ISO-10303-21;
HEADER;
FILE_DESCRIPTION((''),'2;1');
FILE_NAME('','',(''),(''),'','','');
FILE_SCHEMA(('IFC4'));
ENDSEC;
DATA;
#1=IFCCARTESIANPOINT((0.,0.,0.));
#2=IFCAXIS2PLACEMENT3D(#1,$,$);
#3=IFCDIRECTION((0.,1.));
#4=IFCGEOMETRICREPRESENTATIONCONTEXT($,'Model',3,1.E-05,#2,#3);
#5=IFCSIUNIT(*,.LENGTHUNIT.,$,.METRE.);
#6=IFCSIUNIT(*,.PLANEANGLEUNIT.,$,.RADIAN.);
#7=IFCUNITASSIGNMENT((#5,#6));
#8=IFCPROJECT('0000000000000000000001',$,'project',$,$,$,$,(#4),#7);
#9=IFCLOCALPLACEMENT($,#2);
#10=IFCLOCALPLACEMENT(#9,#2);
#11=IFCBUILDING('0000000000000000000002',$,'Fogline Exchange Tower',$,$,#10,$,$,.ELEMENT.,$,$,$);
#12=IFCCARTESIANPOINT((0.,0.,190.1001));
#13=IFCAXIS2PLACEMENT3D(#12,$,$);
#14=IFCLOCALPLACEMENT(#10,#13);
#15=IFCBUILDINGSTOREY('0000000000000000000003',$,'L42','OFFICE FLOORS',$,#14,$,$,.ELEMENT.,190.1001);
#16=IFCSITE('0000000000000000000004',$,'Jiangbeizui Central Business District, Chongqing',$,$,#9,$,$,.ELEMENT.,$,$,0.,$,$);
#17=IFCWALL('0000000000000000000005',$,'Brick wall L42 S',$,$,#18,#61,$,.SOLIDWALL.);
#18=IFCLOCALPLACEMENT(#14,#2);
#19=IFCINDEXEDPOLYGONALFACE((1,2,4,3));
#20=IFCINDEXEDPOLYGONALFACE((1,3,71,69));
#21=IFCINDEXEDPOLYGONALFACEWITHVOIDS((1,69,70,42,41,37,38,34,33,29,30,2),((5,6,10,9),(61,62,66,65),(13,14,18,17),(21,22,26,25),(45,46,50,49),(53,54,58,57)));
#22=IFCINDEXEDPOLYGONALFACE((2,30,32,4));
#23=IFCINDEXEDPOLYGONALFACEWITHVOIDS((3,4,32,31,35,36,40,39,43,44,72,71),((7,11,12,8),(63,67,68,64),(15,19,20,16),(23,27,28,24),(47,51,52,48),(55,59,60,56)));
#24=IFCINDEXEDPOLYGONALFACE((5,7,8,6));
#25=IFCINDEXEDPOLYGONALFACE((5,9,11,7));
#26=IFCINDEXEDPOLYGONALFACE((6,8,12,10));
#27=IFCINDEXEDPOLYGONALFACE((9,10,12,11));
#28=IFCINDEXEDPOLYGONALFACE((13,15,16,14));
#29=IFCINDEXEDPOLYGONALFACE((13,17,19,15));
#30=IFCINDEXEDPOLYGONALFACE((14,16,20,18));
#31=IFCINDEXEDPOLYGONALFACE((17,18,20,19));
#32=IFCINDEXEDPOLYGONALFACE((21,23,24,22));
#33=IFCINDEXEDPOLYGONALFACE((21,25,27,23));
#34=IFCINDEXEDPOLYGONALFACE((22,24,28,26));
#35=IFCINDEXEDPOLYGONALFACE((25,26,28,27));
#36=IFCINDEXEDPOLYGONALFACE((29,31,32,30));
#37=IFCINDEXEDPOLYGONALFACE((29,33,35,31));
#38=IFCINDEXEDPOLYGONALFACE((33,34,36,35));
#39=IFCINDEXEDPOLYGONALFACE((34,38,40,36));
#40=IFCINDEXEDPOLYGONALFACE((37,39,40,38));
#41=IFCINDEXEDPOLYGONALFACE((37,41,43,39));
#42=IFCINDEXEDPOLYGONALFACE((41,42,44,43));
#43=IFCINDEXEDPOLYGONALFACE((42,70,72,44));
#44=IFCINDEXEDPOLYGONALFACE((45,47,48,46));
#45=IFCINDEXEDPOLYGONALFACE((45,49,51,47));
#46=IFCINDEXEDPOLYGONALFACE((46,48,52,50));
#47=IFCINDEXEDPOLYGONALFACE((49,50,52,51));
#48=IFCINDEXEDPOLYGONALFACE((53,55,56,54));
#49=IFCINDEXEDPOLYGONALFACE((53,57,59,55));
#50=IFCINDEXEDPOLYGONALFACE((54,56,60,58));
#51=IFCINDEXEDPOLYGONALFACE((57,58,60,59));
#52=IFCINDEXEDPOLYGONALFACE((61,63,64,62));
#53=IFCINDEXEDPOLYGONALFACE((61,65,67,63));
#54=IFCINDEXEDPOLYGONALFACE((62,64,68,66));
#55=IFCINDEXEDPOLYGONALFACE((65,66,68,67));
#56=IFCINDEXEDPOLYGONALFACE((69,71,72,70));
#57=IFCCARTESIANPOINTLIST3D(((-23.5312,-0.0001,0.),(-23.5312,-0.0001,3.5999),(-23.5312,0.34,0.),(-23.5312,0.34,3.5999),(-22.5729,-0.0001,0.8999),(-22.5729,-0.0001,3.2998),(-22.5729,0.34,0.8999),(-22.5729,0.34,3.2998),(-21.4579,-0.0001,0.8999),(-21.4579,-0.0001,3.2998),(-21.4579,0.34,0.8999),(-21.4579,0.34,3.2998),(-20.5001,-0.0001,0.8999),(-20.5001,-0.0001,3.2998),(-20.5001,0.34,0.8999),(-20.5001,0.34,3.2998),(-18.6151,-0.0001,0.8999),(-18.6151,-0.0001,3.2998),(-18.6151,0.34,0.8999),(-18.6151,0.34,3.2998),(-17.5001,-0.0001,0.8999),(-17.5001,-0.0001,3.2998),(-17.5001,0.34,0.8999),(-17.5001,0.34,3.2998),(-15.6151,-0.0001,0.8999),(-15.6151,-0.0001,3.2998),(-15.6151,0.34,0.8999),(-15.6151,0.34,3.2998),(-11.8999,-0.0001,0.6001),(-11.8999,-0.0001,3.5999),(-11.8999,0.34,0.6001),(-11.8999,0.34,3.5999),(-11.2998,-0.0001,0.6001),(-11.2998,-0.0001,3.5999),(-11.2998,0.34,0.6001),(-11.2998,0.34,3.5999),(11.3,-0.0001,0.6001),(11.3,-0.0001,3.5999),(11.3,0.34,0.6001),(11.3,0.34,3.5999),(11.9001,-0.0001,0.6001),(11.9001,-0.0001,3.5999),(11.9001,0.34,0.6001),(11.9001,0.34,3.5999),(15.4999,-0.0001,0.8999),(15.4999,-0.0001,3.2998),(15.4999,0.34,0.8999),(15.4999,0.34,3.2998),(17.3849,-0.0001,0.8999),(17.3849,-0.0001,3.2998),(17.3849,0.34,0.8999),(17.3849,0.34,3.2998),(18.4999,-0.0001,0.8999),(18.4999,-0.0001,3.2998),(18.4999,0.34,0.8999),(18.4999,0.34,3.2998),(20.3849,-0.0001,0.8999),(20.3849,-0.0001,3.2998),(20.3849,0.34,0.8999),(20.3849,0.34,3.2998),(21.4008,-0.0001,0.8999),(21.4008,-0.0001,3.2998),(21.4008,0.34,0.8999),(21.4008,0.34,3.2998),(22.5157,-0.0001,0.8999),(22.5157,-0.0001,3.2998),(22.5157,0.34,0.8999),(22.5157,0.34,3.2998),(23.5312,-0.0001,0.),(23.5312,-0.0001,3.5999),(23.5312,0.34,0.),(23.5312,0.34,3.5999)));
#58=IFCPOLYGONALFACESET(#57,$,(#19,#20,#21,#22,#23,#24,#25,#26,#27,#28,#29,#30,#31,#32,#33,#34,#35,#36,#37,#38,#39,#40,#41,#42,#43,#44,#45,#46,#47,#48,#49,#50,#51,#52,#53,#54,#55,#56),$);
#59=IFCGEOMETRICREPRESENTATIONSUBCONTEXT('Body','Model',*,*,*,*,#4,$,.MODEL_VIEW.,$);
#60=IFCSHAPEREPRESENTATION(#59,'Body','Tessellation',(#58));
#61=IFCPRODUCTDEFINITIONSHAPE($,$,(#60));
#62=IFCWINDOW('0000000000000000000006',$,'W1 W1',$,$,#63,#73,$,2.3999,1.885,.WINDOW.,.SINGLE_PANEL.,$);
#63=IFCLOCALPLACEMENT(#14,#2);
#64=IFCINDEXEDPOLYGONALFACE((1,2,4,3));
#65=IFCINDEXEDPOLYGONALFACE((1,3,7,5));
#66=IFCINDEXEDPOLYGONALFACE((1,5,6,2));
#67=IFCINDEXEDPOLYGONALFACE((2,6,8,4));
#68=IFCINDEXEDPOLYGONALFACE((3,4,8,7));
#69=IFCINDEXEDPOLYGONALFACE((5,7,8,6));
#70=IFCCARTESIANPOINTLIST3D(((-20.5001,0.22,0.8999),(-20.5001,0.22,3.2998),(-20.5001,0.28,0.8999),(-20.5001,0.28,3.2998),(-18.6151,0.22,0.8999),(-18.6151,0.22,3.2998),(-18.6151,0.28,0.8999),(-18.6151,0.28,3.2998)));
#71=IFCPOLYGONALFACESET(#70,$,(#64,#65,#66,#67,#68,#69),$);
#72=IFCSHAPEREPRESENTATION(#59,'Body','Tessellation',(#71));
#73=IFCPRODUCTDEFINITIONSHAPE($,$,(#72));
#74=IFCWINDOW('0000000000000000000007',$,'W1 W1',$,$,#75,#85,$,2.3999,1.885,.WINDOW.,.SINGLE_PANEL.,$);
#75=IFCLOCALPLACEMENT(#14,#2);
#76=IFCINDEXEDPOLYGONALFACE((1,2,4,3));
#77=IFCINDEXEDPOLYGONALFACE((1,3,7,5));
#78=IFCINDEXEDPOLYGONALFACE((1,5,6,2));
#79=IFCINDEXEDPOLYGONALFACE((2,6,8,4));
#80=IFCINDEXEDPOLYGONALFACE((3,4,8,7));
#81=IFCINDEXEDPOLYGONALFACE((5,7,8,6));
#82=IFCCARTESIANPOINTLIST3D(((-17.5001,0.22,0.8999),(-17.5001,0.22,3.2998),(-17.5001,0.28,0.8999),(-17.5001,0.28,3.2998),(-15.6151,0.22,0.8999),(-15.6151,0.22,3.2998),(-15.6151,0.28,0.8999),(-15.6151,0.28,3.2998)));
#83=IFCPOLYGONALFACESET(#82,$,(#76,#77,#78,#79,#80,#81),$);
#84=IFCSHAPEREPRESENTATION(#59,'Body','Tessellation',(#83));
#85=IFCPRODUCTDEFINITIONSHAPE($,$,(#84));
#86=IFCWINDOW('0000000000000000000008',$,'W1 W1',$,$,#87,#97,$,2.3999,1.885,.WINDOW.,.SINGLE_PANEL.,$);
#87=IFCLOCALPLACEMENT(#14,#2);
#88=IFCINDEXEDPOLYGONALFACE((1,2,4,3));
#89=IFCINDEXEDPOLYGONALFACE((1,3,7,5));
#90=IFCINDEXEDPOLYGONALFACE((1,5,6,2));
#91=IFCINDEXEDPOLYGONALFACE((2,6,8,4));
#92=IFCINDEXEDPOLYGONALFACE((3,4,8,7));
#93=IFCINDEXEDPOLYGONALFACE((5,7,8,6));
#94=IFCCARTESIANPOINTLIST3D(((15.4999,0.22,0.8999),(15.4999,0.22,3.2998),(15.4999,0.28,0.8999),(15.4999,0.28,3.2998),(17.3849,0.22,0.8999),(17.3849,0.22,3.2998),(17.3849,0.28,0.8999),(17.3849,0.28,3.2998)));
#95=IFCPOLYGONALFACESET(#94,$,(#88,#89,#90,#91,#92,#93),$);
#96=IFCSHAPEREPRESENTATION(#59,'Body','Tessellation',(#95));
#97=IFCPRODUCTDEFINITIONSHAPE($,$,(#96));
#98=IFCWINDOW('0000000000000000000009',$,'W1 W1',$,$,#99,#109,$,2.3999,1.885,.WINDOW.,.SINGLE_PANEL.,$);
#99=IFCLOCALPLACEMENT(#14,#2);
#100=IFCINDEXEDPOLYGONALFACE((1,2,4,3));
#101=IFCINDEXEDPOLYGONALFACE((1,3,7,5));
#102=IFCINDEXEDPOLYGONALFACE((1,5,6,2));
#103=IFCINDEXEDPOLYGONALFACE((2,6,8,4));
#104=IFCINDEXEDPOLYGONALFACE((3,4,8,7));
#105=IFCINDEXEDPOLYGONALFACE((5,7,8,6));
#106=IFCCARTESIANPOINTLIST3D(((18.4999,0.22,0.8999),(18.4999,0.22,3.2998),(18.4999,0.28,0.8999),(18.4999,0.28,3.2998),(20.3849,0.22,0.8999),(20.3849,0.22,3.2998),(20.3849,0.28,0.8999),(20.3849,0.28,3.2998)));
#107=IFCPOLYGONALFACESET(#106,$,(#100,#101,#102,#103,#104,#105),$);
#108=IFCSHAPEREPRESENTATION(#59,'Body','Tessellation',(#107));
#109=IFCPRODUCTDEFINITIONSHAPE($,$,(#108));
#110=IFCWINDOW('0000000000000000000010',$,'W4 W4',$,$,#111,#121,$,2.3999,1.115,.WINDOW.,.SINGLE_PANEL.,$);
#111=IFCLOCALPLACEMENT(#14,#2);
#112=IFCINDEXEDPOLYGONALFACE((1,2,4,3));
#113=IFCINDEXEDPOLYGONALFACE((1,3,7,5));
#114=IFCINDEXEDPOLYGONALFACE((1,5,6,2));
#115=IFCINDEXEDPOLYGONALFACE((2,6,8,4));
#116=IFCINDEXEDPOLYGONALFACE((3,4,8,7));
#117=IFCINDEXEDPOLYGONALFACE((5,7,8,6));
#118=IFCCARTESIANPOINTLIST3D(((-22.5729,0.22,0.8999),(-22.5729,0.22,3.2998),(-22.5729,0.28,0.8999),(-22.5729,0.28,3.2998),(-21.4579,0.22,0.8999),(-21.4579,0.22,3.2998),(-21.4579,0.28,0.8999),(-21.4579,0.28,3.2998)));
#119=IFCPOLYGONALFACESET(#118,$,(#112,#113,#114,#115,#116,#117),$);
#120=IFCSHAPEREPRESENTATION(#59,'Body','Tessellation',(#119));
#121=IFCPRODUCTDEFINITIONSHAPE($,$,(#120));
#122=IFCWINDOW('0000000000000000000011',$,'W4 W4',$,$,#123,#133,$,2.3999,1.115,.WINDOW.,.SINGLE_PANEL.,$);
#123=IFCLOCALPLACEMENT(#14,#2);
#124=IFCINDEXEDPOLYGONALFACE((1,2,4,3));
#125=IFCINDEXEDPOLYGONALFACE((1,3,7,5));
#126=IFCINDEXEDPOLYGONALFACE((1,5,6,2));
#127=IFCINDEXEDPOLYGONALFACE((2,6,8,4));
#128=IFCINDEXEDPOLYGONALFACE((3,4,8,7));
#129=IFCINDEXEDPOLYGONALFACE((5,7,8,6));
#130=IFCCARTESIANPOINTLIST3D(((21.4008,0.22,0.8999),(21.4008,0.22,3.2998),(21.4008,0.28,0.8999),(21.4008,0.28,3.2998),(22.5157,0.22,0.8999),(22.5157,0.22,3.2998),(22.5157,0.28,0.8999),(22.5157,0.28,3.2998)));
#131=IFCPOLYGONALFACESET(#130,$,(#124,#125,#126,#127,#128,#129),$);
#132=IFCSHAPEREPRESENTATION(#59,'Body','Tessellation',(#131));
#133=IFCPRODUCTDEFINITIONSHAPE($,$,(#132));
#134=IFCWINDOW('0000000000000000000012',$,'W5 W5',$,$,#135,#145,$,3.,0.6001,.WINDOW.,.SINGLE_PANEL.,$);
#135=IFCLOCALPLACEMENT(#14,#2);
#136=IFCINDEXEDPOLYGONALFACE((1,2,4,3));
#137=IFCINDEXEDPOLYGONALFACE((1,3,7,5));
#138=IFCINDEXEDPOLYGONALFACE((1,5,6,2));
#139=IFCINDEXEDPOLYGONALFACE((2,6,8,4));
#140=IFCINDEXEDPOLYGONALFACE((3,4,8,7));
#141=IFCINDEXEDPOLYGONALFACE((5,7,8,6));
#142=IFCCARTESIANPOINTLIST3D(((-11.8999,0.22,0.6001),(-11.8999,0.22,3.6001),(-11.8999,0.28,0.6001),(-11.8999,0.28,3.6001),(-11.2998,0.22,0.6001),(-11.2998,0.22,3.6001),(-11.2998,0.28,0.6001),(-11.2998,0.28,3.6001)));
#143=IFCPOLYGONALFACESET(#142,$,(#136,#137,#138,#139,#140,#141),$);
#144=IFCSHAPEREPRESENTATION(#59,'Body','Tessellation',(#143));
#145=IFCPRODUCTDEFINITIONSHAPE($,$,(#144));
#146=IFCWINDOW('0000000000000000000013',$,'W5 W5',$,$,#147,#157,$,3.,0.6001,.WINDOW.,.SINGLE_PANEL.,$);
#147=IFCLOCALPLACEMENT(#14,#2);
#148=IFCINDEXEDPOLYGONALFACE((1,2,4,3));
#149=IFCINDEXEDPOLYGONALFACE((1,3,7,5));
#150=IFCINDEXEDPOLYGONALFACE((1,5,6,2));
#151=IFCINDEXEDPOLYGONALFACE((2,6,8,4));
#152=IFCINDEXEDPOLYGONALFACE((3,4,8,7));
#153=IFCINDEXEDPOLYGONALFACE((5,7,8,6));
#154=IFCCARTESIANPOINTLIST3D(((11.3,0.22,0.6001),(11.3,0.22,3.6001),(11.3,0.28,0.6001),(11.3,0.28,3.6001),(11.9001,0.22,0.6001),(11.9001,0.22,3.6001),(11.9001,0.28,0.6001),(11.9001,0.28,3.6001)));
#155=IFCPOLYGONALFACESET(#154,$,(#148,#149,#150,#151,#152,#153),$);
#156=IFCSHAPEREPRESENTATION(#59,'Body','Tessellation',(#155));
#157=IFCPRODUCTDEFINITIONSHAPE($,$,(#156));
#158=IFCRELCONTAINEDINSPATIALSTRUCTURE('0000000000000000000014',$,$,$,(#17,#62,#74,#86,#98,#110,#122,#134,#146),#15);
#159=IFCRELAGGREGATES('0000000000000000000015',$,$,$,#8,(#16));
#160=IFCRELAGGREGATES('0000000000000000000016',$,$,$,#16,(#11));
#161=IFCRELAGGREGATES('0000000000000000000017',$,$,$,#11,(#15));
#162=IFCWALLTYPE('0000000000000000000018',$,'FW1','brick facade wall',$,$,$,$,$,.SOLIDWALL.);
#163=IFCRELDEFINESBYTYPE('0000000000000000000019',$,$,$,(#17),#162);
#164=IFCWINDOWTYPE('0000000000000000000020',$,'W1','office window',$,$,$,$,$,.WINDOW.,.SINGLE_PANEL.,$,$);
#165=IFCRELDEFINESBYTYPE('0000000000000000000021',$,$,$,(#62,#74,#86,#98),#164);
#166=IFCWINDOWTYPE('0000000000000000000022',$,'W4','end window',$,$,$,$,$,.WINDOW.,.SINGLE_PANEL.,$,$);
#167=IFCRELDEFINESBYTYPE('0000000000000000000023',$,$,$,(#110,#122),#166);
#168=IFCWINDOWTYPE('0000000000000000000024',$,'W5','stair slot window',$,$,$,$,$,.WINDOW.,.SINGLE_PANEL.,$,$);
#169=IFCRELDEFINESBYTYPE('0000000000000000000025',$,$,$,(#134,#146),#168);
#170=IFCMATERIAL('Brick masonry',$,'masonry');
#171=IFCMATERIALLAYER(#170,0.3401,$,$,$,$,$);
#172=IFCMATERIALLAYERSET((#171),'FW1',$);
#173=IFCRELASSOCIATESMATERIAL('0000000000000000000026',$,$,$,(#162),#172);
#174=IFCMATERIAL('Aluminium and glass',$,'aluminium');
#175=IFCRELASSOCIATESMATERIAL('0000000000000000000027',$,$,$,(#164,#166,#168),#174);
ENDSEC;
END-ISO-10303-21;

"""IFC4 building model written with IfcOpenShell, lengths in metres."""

from ifc_helpers import new_model, si_unit, direction, frame, frame_2d, origin, place, context, subcontext, project, spatial, rectangle, extrude, material, layer, layer_set, type_object, element, fill, save


model = new_model("IFC4")

# Units and contexts
model_context = context("Model", 3, precision=1e-05, world=origin(), true_north=direction((0.0, 1.0)))
body_context = subcontext(model_context, "Body", "Model", "MODEL_VIEW")
ifc_project = project(units=[si_unit("LENGTHUNIT", "METRE"), si_unit("PLANEANGLEUNIT", "RADIAN")], contexts=[model_context])

# Site, building, storey
site_placement = place(None, origin())
site = spatial("IfcSite", under=ifc_project, at=site_placement, Name="Jiangbeizui Central Business District, Chongqing", CompositionType="ELEMENT", RefElevation=0.0)
building_placement = place(site_placement, origin())
building = spatial("IfcBuilding", under=site, at=building_placement, Name="Fogline Exchange Tower", CompositionType="ELEMENT")
storey_placement = place(building_placement, frame((0.0, 0.0, 190.1001)))
storey = spatial("IfcBuildingStorey", under=building, at=storey_placement, Name="L42", Description="OFFICE FLOORS", CompositionType="ELEMENT", Elevation=190.1001)

# Shared definitions
ifc_material_1 = material(Name="Brick masonry", Category="masonry")
ifc_layer = layer(ifc_material_1, 0.3401)
ifc_layer_set = layer_set([ifc_layer], Name="FW1")
wall_type = type_object("IfcWallType", Name="FW1", Description="brick facade wall", PredefinedType="SOLIDWALL", material=ifc_layer_set)
ifc_material_2 = material(Name="Aluminium and glass", Category="aluminium")

# Wall, openings, windows
wall_1_placement = place(storey_placement, frame((-23.5312, 0.1699, 0.0), z_axis=(0.0, 0.0, 1.0), x_axis=(1.0, 0.0, 0.0)))
wall_1 = element("IfcWall", 1, at=wall_1_placement, inside=storey, type_object=wall_type, Name="Brick wall L42 S", PredefinedType="SOLIDWALL", context=body_context, shape_type="SweptSolid", body=[
    extrude(rectangle(XDim=47.0625, YDim=0.3401, at=frame_2d((23.5312, 0.0))), origin(), (0.0, 0.0, 1.0), 3.5999),
])
opening_1_placement = place(wall_1_placement, frame((3.0312, 0.0, 0.8999)))
opening_1 = element("IfcOpeningElement", 2, at=opening_1_placement, cuts=wall_1, PredefinedType="OPENING", context=body_context, shape_type="SweptSolid", body=[
    extrude(rectangle(XDim=1.885, YDim=2.3999, at=frame_2d((0.9424, 1.2))), frame((0.0, 0.1802, 0.0), z_axis=(0.0, -1.0, 0.0), x_axis=(1.0, 0.0, 0.0)), (0.0, 0.0, 1.0), 0.3601),
])
opening_2_placement = place(wall_1_placement, frame((6.0312, 0.0, 0.8999)))
opening_2 = element("IfcOpeningElement", 3, at=opening_2_placement, cuts=wall_1, PredefinedType="OPENING", context=body_context, shape_type="SweptSolid", body=[
    extrude(rectangle(XDim=1.885, YDim=2.3999, at=frame_2d((0.9424, 1.2))), frame((0.0, 0.1802, 0.0), z_axis=(0.0, -1.0, 0.0), x_axis=(1.0, 0.0, 0.0)), (0.0, 0.0, 1.0), 0.3601),
])
opening_3_placement = place(wall_1_placement, frame((39.0312, 0.0, 0.8999)))
opening_3 = element("IfcOpeningElement", 4, at=opening_3_placement, cuts=wall_1, PredefinedType="OPENING", context=body_context, shape_type="SweptSolid", body=[
    extrude(rectangle(XDim=1.885, YDim=2.3999, at=frame_2d((0.9424, 1.2))), frame((0.0, 0.1802, 0.0), z_axis=(0.0, -1.0, 0.0), x_axis=(1.0, 0.0, 0.0)), (0.0, 0.0, 1.0), 0.3601),
])
opening_4_placement = place(wall_1_placement, frame((42.0312, 0.0, 0.8999)))
opening_4 = element("IfcOpeningElement", 5, at=opening_4_placement, cuts=wall_1, PredefinedType="OPENING", context=body_context, shape_type="SweptSolid", body=[
    extrude(rectangle(XDim=1.885, YDim=2.3999, at=frame_2d((0.9424, 1.2))), frame((0.0, 0.1802, 0.0), z_axis=(0.0, -1.0, 0.0), x_axis=(1.0, 0.0, 0.0)), (0.0, 0.0, 1.0), 0.3601),
])
opening_5_placement = place(wall_1_placement, frame((0.9583, 0.0, 0.8999)))
opening_5 = element("IfcOpeningElement", 6, at=opening_5_placement, cuts=wall_1, PredefinedType="OPENING", context=body_context, shape_type="SweptSolid", body=[
    extrude(rectangle(XDim=1.115, YDim=2.3999, at=frame_2d((0.5576, 1.2))), frame((0.0, 0.1802, 0.0), z_axis=(0.0, -1.0, 0.0), x_axis=(1.0, 0.0, 0.0)), (0.0, 0.0, 1.0), 0.3601),
])
opening_6_placement = place(wall_1_placement, frame((44.9319, 0.0, 0.8999)))
opening_6 = element("IfcOpeningElement", 7, at=opening_6_placement, cuts=wall_1, PredefinedType="OPENING", context=body_context, shape_type="SweptSolid", body=[
    extrude(rectangle(XDim=1.115, YDim=2.3999, at=frame_2d((0.5576, 1.2))), frame((0.0, 0.1802, 0.0), z_axis=(0.0, -1.0, 0.0), x_axis=(1.0, 0.0, 0.0)), (0.0, 0.0, 1.0), 0.3601),
])
opening_7_placement = place(wall_1_placement, frame((11.6313, 0.0, 0.6001)))
opening_7 = element("IfcOpeningElement", 8, at=opening_7_placement, cuts=wall_1, PredefinedType="OPENING", context=body_context, shape_type="SweptSolid", body=[
    extrude(rectangle(XDim=0.6001, YDim=3.0, at=frame_2d((0.3, 1.5))), frame((0.0, 0.1802, 0.0), z_axis=(0.0, -1.0, 0.0), x_axis=(1.0, 0.0, 0.0)), (0.0, 0.0, 1.0), 0.3601),
])
opening_8_placement = place(wall_1_placement, frame((34.8313, 0.0, 0.6001)))
opening_8 = element("IfcOpeningElement", 9, at=opening_8_placement, cuts=wall_1, PredefinedType="OPENING", context=body_context, shape_type="SweptSolid", body=[
    extrude(rectangle(XDim=0.6001, YDim=3.0, at=frame_2d((0.3, 1.5))), frame((0.0, 0.1802, 0.0), z_axis=(0.0, -1.0, 0.0), x_axis=(1.0, 0.0, 0.0)), (0.0, 0.0, 1.0), 0.3601),
])
window_type_1 = type_object("IfcWindowType", Name="W1", Description="office window", PartitioningType="SINGLE_PANEL", PredefinedType="WINDOW", material=ifc_material_2)
window_1_placement = place(opening_1_placement, origin())
window_1 = element("IfcWindow", 10, at=window_1_placement, inside=storey, type_object=window_type_1, Name="W1 W1", OverallHeight=2.3999, OverallWidth=1.885, PartitioningType="SINGLE_PANEL", PredefinedType="WINDOW", context=body_context, shape_type="SweptSolid", body=[
    extrude(rectangle(XDim=1.885, YDim=2.3999, at=frame_2d((0.9424, 1.2))), frame((0.0, 0.1101, 0.0), z_axis=(0.0, -1.0, 0.0), x_axis=(1.0, 0.0, 0.0)), (0.0, 0.0, 1.0), 0.0601),
])
fill(opening_1, window_1)
window_2_placement = place(opening_2_placement, origin())
window_2 = element("IfcWindow", 11, at=window_2_placement, inside=storey, type_object=window_type_1, Name="W1 W1", OverallHeight=2.3999, OverallWidth=1.885, PartitioningType="SINGLE_PANEL", PredefinedType="WINDOW", context=body_context, shape_type="SweptSolid", body=[
    extrude(rectangle(XDim=1.885, YDim=2.3999, at=frame_2d((0.9424, 1.2))), frame((0.0, 0.1101, 0.0), z_axis=(0.0, -1.0, 0.0), x_axis=(1.0, 0.0, 0.0)), (0.0, 0.0, 1.0), 0.0601),
])
fill(opening_2, window_2)
window_3_placement = place(opening_3_placement, origin())
window_3 = element("IfcWindow", 12, at=window_3_placement, inside=storey, type_object=window_type_1, Name="W1 W1", OverallHeight=2.3999, OverallWidth=1.885, PartitioningType="SINGLE_PANEL", PredefinedType="WINDOW", context=body_context, shape_type="SweptSolid", body=[
    extrude(rectangle(XDim=1.885, YDim=2.3999, at=frame_2d((0.9424, 1.2))), frame((0.0, 0.1101, 0.0), z_axis=(0.0, -1.0, 0.0), x_axis=(1.0, 0.0, 0.0)), (0.0, 0.0, 1.0), 0.0601),
])
fill(opening_3, window_3)
window_4_placement = place(opening_4_placement, origin())
window_4 = element("IfcWindow", 13, at=window_4_placement, inside=storey, type_object=window_type_1, Name="W1 W1", OverallHeight=2.3999, OverallWidth=1.885, PartitioningType="SINGLE_PANEL", PredefinedType="WINDOW", context=body_context, shape_type="SweptSolid", body=[
    extrude(rectangle(XDim=1.885, YDim=2.3999, at=frame_2d((0.9424, 1.2))), frame((0.0, 0.1101, 0.0), z_axis=(0.0, -1.0, 0.0), x_axis=(1.0, 0.0, 0.0)), (0.0, 0.0, 1.0), 0.0601),
])
fill(opening_4, window_4)
window_type_2 = type_object("IfcWindowType", Name="W4", Description="end window", PartitioningType="SINGLE_PANEL", PredefinedType="WINDOW", material=ifc_material_2)
window_5_placement = place(opening_5_placement, origin())
window_5 = element("IfcWindow", 14, at=window_5_placement, inside=storey, type_object=window_type_2, Name="W4 W4", OverallHeight=2.3999, OverallWidth=1.115, PartitioningType="SINGLE_PANEL", PredefinedType="WINDOW", context=body_context, shape_type="SweptSolid", body=[
    extrude(rectangle(XDim=1.115, YDim=2.3999, at=frame_2d((0.5576, 1.2))), frame((0.0, 0.1101, 0.0), z_axis=(0.0, -1.0, 0.0), x_axis=(1.0, 0.0, 0.0)), (0.0, 0.0, 1.0), 0.0601),
])
fill(opening_5, window_5)
window_6_placement = place(opening_6_placement, origin())
window_6 = element("IfcWindow", 15, at=window_6_placement, inside=storey, type_object=window_type_2, Name="W4 W4", OverallHeight=2.3999, OverallWidth=1.115, PartitioningType="SINGLE_PANEL", PredefinedType="WINDOW", context=body_context, shape_type="SweptSolid", body=[
    extrude(rectangle(XDim=1.115, YDim=2.3999, at=frame_2d((0.5576, 1.2))), frame((0.0, 0.1101, 0.0), z_axis=(0.0, -1.0, 0.0), x_axis=(1.0, 0.0, 0.0)), (0.0, 0.0, 1.0), 0.0601),
])
fill(opening_6, window_6)
window_type_3 = type_object("IfcWindowType", Name="W5", Description="stair slot window", PartitioningType="SINGLE_PANEL", PredefinedType="WINDOW", material=ifc_material_2)
window_7_placement = place(opening_7_placement, origin())
window_7 = element("IfcWindow", 16, at=window_7_placement, inside=storey, type_object=window_type_3, Name="W5 W5", OverallHeight=3.0, OverallWidth=0.6001, PartitioningType="SINGLE_PANEL", PredefinedType="WINDOW", context=body_context, shape_type="SweptSolid", body=[
    extrude(rectangle(XDim=0.6001, YDim=3.0, at=frame_2d((0.3, 1.5))), frame((0.0, 0.1101, 0.0), z_axis=(0.0, -1.0, 0.0), x_axis=(1.0, 0.0, 0.0)), (0.0, 0.0, 1.0), 0.0601),
])
fill(opening_7, window_7)
window_8_placement = place(opening_8_placement, origin())
window_8 = element("IfcWindow", 17, at=window_8_placement, inside=storey, type_object=window_type_3, Name="W5 W5", OverallHeight=3.0, OverallWidth=0.6001, PartitioningType="SINGLE_PANEL", PredefinedType="WINDOW", context=body_context, shape_type="SweptSolid", body=[
    extrude(rectangle(XDim=0.6001, YDim=3.0, at=frame_2d((0.3, 1.5))), frame((0.0, 0.1101, 0.0), z_axis=(0.0, -1.0, 0.0), x_axis=(1.0, 0.0, 0.0)), (0.0, 0.0, 1.0), 0.0601),
])
fill(opening_8, window_8)

save(model, "model.ifc")
